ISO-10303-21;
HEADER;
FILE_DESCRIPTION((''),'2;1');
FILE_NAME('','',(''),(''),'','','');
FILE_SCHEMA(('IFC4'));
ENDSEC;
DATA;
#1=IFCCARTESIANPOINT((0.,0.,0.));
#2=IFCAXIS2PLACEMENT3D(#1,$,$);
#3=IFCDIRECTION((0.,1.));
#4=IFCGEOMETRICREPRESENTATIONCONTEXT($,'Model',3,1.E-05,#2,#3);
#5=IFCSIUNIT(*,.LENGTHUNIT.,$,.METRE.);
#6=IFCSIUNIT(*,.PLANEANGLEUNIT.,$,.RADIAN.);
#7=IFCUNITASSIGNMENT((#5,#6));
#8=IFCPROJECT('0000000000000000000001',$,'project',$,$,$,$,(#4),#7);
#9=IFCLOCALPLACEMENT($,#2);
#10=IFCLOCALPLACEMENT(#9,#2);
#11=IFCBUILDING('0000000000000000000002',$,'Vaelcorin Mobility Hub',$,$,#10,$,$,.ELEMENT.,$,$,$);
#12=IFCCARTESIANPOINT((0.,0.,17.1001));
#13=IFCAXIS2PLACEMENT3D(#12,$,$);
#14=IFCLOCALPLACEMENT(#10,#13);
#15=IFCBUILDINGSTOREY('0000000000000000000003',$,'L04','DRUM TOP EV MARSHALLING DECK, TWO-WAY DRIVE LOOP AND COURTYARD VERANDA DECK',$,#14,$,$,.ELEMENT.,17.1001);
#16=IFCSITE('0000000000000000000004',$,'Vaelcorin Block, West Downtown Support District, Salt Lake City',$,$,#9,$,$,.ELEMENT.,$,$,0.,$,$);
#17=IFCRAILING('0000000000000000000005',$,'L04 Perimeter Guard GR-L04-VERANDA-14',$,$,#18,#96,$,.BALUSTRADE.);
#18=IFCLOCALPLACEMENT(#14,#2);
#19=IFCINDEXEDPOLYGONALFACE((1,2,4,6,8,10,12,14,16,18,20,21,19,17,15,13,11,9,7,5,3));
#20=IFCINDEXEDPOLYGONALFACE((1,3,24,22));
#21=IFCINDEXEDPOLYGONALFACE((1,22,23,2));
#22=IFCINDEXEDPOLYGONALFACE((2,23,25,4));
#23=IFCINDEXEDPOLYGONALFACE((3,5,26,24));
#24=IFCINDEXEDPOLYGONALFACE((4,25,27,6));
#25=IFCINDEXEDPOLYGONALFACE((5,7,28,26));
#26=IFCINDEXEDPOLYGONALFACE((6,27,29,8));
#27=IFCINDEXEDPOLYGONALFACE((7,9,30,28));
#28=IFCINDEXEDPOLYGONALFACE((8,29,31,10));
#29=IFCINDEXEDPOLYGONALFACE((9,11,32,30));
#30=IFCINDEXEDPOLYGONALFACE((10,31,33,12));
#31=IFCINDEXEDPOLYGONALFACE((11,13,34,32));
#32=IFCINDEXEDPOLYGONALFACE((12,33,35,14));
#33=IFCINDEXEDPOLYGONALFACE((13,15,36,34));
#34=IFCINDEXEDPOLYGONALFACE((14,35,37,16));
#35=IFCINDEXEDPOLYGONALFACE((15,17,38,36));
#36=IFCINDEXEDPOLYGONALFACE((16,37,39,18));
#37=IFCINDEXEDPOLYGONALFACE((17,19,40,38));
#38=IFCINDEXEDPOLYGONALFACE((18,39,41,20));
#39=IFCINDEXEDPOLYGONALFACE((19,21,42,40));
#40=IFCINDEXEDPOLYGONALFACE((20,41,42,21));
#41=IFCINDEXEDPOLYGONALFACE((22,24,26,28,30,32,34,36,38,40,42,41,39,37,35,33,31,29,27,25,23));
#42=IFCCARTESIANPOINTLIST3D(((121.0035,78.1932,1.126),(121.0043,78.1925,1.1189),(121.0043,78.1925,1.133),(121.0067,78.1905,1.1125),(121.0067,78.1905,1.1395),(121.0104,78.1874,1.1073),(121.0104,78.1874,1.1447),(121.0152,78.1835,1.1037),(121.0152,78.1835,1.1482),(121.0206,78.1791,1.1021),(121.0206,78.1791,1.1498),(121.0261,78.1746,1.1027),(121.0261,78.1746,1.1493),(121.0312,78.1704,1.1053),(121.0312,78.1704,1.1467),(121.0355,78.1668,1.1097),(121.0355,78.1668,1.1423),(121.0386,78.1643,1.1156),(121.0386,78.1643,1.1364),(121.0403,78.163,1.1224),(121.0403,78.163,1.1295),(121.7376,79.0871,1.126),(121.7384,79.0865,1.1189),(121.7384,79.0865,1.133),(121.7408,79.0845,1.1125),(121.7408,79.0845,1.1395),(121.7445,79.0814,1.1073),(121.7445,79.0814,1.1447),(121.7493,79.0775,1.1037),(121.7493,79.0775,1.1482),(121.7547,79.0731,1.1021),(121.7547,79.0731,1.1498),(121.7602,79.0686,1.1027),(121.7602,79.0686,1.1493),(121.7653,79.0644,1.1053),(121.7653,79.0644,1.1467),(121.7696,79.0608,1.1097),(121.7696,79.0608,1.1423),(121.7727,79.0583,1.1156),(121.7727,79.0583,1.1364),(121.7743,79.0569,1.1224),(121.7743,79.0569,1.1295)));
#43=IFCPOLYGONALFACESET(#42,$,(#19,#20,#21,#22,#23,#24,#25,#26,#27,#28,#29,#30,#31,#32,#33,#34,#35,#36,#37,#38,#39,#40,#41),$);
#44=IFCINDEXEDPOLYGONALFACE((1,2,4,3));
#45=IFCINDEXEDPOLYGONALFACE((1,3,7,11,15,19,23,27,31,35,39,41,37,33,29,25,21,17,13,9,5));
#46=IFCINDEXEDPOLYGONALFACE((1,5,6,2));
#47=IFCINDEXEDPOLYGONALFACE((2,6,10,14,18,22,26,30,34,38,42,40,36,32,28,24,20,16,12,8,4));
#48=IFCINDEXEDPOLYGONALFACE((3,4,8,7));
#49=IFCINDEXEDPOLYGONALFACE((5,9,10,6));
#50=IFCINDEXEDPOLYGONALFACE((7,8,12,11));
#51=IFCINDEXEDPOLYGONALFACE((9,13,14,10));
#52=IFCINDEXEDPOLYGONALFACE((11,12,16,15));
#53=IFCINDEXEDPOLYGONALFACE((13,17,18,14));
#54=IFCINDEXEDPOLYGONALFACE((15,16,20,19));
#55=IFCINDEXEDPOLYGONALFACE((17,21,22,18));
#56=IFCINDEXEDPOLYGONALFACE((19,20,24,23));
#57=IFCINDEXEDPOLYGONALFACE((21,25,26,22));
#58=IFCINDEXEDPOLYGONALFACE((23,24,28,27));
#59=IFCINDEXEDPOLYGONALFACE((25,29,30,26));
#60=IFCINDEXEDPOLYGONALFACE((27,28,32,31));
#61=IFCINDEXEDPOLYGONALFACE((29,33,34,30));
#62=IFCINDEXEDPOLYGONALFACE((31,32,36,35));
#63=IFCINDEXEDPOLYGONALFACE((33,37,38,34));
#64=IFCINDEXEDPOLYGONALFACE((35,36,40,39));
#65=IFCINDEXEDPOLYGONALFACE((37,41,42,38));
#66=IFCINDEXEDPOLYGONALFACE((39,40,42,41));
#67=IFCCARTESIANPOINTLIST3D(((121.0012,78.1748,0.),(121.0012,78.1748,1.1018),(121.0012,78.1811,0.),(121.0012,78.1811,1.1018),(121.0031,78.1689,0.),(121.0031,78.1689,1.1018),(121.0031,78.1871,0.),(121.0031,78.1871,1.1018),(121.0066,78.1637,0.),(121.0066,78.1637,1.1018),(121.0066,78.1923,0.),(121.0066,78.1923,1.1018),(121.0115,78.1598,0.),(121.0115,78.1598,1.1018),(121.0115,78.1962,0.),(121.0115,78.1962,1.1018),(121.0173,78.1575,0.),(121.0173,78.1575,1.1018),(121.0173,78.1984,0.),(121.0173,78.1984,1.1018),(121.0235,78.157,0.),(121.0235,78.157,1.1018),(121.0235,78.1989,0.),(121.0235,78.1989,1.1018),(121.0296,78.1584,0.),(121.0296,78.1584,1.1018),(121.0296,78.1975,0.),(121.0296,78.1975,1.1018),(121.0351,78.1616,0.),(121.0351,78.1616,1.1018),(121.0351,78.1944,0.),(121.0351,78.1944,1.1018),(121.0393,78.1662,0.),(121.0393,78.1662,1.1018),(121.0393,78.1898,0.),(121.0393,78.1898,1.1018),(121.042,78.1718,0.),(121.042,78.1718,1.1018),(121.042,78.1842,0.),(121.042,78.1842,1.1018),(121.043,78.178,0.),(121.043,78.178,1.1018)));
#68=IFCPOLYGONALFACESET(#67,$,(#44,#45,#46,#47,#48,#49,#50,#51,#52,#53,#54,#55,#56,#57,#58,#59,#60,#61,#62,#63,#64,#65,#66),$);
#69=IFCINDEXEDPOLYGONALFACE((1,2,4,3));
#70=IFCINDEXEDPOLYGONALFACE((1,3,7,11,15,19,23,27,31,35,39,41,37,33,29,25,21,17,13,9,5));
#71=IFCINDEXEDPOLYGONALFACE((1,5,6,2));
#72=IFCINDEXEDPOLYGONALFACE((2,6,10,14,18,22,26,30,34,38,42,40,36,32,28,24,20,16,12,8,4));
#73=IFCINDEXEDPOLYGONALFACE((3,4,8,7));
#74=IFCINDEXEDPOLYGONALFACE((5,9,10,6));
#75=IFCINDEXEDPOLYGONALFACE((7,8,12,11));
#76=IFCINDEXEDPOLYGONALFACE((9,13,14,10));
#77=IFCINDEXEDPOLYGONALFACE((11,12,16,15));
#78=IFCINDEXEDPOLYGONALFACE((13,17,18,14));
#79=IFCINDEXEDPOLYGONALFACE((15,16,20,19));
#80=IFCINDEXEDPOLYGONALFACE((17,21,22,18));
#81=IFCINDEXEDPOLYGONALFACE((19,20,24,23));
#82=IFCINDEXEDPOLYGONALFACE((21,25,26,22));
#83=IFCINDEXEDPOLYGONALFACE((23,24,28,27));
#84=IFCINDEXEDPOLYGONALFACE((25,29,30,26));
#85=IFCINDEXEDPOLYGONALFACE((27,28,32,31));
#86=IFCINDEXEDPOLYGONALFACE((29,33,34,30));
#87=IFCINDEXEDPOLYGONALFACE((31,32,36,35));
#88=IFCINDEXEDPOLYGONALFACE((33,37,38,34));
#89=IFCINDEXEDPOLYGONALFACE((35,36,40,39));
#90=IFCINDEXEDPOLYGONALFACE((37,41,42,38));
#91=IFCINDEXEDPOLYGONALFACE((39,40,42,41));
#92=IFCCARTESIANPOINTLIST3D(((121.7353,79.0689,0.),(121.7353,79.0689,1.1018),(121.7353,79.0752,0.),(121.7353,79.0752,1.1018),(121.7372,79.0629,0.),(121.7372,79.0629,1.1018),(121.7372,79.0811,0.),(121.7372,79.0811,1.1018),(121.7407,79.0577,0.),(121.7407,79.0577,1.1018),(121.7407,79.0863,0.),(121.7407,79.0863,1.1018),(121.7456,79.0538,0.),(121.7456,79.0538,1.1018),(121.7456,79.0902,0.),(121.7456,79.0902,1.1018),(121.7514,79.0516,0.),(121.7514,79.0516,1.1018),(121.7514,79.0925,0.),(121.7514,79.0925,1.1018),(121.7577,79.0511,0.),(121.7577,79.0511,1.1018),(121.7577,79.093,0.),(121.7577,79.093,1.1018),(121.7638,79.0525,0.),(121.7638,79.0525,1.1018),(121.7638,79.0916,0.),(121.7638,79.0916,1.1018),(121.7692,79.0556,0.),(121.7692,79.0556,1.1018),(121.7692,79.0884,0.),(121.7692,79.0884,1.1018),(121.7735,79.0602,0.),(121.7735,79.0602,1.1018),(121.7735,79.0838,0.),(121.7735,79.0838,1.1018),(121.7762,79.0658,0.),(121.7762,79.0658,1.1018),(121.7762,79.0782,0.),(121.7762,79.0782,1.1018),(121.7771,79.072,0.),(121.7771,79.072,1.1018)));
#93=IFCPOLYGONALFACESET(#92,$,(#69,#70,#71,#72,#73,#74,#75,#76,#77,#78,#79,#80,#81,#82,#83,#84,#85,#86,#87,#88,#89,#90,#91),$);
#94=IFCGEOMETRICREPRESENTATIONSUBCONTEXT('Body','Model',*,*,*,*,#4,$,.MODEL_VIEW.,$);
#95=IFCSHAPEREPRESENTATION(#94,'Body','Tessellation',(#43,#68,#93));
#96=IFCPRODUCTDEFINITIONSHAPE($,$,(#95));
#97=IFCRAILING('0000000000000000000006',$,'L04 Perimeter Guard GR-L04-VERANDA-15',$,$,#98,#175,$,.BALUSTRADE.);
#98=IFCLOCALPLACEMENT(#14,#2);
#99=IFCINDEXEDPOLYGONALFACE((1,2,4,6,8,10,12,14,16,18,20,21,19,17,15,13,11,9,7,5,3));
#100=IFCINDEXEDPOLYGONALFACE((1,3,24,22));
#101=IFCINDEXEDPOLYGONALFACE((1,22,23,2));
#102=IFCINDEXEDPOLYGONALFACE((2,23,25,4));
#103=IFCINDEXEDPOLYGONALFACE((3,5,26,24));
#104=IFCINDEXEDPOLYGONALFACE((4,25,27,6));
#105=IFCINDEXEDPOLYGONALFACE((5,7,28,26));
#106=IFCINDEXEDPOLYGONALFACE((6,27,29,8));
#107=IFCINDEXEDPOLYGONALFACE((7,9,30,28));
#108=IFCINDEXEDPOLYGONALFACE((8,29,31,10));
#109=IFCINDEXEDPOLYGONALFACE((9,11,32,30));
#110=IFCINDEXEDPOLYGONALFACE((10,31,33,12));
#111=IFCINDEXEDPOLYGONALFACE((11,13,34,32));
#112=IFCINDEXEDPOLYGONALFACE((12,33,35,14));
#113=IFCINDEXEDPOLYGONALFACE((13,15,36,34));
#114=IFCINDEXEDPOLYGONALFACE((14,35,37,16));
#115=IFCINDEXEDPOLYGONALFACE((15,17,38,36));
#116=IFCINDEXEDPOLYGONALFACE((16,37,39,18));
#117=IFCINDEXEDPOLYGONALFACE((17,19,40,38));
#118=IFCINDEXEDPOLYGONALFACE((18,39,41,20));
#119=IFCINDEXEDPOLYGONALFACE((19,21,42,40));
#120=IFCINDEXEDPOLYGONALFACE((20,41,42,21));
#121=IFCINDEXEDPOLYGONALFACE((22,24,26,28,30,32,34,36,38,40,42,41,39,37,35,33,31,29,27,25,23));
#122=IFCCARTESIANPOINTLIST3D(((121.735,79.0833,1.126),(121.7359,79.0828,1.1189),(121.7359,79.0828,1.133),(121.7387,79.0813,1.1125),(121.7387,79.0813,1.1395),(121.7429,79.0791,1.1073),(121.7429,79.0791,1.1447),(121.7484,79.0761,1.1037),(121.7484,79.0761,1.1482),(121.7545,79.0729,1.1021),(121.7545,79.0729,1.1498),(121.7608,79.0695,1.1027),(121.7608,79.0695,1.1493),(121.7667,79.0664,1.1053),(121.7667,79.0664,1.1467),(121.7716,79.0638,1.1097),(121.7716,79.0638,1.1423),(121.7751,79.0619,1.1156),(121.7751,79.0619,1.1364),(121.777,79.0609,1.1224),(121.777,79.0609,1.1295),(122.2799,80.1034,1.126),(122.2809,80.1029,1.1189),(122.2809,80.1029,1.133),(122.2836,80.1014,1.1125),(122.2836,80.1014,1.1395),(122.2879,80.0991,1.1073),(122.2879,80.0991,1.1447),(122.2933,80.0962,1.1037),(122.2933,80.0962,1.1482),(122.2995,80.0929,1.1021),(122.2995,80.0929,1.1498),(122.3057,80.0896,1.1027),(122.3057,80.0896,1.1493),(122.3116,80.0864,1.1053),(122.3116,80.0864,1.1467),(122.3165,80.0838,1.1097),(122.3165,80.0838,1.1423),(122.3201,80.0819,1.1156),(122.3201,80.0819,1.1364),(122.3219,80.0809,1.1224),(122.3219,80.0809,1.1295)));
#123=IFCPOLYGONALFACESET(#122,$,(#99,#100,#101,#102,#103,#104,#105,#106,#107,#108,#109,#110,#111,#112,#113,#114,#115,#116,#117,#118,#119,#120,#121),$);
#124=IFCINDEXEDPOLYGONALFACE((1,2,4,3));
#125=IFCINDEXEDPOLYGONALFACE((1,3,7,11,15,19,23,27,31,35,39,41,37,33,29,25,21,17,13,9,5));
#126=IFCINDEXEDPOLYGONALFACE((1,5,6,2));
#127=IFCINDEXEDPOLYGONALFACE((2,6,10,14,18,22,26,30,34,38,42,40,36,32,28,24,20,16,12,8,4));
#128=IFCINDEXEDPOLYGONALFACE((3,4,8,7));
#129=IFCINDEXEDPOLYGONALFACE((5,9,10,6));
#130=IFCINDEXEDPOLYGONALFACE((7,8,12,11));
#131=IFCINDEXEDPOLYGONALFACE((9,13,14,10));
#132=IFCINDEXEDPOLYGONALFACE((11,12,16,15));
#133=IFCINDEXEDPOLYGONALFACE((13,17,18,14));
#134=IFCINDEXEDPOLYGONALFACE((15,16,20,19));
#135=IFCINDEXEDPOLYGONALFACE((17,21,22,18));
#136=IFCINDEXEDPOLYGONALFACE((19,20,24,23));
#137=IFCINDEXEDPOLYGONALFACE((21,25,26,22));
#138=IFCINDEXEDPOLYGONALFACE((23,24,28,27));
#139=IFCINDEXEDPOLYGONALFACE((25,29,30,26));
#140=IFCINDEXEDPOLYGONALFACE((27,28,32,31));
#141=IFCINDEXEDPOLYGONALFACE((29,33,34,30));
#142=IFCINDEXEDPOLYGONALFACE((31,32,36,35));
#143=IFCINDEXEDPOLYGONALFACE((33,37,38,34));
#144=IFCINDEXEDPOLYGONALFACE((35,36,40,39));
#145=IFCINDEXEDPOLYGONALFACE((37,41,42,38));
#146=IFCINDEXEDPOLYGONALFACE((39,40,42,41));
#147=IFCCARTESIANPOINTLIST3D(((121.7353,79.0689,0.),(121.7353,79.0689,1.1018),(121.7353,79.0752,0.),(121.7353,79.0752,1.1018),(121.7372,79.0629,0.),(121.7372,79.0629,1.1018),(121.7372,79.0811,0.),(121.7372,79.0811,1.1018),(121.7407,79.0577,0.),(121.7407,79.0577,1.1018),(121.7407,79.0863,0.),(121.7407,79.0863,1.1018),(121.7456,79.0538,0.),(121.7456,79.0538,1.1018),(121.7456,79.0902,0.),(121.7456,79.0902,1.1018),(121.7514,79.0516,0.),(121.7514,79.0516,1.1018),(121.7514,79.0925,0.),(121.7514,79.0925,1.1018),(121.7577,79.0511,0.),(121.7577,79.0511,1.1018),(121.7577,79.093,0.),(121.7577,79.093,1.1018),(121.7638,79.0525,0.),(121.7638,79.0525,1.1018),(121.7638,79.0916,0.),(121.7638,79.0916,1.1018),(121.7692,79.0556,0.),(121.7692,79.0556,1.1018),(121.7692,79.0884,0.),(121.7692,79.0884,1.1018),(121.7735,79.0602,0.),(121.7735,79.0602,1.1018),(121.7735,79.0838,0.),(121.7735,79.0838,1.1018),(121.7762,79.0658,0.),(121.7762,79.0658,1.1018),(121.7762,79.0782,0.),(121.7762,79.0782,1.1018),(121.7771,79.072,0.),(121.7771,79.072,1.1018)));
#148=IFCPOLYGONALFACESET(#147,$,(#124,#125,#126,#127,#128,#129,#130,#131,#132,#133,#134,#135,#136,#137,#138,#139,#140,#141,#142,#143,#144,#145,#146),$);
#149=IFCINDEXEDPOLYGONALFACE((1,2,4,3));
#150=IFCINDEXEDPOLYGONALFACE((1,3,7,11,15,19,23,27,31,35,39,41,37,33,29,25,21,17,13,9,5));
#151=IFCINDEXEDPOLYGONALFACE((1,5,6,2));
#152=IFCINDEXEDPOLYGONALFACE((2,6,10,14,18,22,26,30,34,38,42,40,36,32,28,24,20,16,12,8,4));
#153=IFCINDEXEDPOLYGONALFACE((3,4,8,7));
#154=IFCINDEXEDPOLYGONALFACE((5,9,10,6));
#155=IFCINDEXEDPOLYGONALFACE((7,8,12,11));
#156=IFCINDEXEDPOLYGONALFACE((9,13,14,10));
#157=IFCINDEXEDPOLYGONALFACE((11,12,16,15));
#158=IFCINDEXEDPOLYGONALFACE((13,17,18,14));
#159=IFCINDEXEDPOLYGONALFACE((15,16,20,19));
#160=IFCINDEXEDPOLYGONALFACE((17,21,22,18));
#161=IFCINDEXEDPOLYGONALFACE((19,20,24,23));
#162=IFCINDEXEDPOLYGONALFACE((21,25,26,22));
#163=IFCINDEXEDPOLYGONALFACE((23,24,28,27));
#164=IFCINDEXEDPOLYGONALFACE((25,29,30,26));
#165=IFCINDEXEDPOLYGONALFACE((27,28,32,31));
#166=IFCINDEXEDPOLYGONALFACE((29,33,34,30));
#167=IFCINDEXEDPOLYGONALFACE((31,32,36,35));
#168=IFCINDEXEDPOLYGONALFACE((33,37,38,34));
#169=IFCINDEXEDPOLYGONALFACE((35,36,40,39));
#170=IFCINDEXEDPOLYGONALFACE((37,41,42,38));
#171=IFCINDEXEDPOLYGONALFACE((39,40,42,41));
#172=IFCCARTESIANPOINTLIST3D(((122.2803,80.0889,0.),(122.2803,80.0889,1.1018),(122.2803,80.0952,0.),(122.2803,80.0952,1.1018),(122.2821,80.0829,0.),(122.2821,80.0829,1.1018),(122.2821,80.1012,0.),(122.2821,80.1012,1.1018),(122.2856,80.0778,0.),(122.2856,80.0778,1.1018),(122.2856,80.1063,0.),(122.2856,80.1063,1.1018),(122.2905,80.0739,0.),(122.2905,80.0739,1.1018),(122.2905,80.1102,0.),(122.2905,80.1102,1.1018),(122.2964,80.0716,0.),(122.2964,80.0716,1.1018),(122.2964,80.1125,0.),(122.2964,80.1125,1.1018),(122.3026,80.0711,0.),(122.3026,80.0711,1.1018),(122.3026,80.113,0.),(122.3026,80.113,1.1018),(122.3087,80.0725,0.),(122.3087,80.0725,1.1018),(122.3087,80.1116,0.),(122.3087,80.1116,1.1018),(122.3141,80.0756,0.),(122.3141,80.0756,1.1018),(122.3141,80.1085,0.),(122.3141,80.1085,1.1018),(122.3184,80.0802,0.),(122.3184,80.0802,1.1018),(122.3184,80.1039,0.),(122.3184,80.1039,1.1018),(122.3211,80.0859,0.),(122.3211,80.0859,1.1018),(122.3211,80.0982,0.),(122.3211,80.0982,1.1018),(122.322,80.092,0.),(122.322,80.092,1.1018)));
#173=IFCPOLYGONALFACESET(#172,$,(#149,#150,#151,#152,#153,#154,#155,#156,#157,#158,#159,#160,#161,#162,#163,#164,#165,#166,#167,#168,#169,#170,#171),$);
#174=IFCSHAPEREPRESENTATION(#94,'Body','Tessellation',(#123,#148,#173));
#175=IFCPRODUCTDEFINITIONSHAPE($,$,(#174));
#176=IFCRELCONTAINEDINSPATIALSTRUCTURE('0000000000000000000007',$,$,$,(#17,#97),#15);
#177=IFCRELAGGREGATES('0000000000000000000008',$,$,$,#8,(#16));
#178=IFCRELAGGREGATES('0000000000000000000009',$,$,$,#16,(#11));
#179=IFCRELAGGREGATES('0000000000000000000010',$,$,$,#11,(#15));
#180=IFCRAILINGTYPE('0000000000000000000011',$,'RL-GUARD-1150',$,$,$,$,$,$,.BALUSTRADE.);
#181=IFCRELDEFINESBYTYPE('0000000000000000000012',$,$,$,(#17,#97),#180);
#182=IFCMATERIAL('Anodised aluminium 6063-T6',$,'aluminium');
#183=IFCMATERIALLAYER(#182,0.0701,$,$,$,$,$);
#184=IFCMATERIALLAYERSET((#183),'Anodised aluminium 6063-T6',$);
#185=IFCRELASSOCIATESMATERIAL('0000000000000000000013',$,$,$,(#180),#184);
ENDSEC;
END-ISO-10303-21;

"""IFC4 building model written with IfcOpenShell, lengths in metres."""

from ifc_helpers import new_model, si_unit, direction, frame, origin, origin_2d, place, context, subcontext, project, spatial, circle, extrude, material, layer, layer_set, type_object, element, save


model = new_model("IFC4")

# Units and contexts
model_context = context("Model", 3, precision=1e-05, world=origin(), true_north=direction((0.0, 1.0)))
body_context = subcontext(model_context, "Body", "Model", "MODEL_VIEW")
ifc_project = project(units=[si_unit("LENGTHUNIT", "METRE"), si_unit("PLANEANGLEUNIT", "RADIAN")], contexts=[model_context])

# Site, building, storey
site_placement = place(None, origin())
site = spatial("IfcSite", under=ifc_project, at=site_placement, Name="Vaelcorin Block, West Downtown Support District, Salt Lake City", CompositionType="ELEMENT", RefElevation=0.0)
building_placement = place(site_placement, origin())
building = spatial("IfcBuilding", under=site, at=building_placement, Name="Vaelcorin Mobility Hub", CompositionType="ELEMENT")
storey_placement = place(building_placement, frame((0.0, 0.0, 17.1001)))
storey = spatial("IfcBuildingStorey", under=building, at=storey_placement, Name="L04", Description="DRUM TOP EV MARSHALLING DECK, TWO-WAY DRIVE LOOP AND COURTYARD VERANDA DECK", CompositionType="ELEMENT", Elevation=17.1001)

# Railings
ifc_material_1 = material(Name="Anodised aluminium 6063-T6", Category="aluminium")
ifc_layer_1 = layer(ifc_material_1, 0.0701)
ifc_layer_set_1 = layer_set([ifc_layer_1], Name="Anodised aluminium 6063-T6")
railing_type_1 = type_object("IfcRailingType", Name="RL-GUARD-1150", PredefinedType="BALUSTRADE", material=ifc_layer_set_1)
railing_1_placement = place(storey_placement, frame((121.022, 78.178, 0.0)))
element("IfcRailing", 1, at=railing_1_placement, inside=storey, type_object=railing_type_1, Name="L04 Perimeter Guard GR-L04-VERANDA-14", PredefinedType="BALUSTRADE", context=body_context, shape_type="SweptSolid", body=[
    extrude(circle(Radius=0.0239, at=origin_2d()), frame((0.0, 0.0, 1.126), z_axis=(0.634604, 0.772837, 0.0), x_axis=(-0.772837, 0.634604, 0.0)), (0.0, 0.0, 1.0), 1.1567),
    extrude(circle(Radius=0.021, at=origin_2d()), origin(), (0.0, 0.0, 1.0), 1.1018),
    extrude(circle(Radius=0.021, at=origin_2d()), frame((0.7341, 0.894, 0.0)), (0.0, 0.0, 1.0), 1.1018),
])
railing_2_placement = place(storey_placement, frame((121.7561, 79.072, 0.0)))
element("IfcRailing", 2, at=railing_2_placement, inside=storey, type_object=railing_type_1, Name="L04 Perimeter Guard GR-L04-VERANDA-15", PredefinedType="BALUSTRADE", context=body_context, shape_type="SweptSolid", body=[
    extrude(circle(Radius=0.0239, at=origin_2d()), frame((0.0, 0.0, 1.126), z_axis=(0.471202, 0.882025, 0.0), x_axis=(-0.882025, 0.471202, 0.0)), (0.0, 0.0, 1.0), 1.1565),
    extrude(circle(Radius=0.021, at=origin_2d()), origin(), (0.0, 0.0, 1.0), 1.1018),
    extrude(circle(Radius=0.021, at=origin_2d()), frame((0.5449, 1.02, 0.0)), (0.0, 0.0, 1.0), 1.1018),
])

save(model, "model.ifc")
